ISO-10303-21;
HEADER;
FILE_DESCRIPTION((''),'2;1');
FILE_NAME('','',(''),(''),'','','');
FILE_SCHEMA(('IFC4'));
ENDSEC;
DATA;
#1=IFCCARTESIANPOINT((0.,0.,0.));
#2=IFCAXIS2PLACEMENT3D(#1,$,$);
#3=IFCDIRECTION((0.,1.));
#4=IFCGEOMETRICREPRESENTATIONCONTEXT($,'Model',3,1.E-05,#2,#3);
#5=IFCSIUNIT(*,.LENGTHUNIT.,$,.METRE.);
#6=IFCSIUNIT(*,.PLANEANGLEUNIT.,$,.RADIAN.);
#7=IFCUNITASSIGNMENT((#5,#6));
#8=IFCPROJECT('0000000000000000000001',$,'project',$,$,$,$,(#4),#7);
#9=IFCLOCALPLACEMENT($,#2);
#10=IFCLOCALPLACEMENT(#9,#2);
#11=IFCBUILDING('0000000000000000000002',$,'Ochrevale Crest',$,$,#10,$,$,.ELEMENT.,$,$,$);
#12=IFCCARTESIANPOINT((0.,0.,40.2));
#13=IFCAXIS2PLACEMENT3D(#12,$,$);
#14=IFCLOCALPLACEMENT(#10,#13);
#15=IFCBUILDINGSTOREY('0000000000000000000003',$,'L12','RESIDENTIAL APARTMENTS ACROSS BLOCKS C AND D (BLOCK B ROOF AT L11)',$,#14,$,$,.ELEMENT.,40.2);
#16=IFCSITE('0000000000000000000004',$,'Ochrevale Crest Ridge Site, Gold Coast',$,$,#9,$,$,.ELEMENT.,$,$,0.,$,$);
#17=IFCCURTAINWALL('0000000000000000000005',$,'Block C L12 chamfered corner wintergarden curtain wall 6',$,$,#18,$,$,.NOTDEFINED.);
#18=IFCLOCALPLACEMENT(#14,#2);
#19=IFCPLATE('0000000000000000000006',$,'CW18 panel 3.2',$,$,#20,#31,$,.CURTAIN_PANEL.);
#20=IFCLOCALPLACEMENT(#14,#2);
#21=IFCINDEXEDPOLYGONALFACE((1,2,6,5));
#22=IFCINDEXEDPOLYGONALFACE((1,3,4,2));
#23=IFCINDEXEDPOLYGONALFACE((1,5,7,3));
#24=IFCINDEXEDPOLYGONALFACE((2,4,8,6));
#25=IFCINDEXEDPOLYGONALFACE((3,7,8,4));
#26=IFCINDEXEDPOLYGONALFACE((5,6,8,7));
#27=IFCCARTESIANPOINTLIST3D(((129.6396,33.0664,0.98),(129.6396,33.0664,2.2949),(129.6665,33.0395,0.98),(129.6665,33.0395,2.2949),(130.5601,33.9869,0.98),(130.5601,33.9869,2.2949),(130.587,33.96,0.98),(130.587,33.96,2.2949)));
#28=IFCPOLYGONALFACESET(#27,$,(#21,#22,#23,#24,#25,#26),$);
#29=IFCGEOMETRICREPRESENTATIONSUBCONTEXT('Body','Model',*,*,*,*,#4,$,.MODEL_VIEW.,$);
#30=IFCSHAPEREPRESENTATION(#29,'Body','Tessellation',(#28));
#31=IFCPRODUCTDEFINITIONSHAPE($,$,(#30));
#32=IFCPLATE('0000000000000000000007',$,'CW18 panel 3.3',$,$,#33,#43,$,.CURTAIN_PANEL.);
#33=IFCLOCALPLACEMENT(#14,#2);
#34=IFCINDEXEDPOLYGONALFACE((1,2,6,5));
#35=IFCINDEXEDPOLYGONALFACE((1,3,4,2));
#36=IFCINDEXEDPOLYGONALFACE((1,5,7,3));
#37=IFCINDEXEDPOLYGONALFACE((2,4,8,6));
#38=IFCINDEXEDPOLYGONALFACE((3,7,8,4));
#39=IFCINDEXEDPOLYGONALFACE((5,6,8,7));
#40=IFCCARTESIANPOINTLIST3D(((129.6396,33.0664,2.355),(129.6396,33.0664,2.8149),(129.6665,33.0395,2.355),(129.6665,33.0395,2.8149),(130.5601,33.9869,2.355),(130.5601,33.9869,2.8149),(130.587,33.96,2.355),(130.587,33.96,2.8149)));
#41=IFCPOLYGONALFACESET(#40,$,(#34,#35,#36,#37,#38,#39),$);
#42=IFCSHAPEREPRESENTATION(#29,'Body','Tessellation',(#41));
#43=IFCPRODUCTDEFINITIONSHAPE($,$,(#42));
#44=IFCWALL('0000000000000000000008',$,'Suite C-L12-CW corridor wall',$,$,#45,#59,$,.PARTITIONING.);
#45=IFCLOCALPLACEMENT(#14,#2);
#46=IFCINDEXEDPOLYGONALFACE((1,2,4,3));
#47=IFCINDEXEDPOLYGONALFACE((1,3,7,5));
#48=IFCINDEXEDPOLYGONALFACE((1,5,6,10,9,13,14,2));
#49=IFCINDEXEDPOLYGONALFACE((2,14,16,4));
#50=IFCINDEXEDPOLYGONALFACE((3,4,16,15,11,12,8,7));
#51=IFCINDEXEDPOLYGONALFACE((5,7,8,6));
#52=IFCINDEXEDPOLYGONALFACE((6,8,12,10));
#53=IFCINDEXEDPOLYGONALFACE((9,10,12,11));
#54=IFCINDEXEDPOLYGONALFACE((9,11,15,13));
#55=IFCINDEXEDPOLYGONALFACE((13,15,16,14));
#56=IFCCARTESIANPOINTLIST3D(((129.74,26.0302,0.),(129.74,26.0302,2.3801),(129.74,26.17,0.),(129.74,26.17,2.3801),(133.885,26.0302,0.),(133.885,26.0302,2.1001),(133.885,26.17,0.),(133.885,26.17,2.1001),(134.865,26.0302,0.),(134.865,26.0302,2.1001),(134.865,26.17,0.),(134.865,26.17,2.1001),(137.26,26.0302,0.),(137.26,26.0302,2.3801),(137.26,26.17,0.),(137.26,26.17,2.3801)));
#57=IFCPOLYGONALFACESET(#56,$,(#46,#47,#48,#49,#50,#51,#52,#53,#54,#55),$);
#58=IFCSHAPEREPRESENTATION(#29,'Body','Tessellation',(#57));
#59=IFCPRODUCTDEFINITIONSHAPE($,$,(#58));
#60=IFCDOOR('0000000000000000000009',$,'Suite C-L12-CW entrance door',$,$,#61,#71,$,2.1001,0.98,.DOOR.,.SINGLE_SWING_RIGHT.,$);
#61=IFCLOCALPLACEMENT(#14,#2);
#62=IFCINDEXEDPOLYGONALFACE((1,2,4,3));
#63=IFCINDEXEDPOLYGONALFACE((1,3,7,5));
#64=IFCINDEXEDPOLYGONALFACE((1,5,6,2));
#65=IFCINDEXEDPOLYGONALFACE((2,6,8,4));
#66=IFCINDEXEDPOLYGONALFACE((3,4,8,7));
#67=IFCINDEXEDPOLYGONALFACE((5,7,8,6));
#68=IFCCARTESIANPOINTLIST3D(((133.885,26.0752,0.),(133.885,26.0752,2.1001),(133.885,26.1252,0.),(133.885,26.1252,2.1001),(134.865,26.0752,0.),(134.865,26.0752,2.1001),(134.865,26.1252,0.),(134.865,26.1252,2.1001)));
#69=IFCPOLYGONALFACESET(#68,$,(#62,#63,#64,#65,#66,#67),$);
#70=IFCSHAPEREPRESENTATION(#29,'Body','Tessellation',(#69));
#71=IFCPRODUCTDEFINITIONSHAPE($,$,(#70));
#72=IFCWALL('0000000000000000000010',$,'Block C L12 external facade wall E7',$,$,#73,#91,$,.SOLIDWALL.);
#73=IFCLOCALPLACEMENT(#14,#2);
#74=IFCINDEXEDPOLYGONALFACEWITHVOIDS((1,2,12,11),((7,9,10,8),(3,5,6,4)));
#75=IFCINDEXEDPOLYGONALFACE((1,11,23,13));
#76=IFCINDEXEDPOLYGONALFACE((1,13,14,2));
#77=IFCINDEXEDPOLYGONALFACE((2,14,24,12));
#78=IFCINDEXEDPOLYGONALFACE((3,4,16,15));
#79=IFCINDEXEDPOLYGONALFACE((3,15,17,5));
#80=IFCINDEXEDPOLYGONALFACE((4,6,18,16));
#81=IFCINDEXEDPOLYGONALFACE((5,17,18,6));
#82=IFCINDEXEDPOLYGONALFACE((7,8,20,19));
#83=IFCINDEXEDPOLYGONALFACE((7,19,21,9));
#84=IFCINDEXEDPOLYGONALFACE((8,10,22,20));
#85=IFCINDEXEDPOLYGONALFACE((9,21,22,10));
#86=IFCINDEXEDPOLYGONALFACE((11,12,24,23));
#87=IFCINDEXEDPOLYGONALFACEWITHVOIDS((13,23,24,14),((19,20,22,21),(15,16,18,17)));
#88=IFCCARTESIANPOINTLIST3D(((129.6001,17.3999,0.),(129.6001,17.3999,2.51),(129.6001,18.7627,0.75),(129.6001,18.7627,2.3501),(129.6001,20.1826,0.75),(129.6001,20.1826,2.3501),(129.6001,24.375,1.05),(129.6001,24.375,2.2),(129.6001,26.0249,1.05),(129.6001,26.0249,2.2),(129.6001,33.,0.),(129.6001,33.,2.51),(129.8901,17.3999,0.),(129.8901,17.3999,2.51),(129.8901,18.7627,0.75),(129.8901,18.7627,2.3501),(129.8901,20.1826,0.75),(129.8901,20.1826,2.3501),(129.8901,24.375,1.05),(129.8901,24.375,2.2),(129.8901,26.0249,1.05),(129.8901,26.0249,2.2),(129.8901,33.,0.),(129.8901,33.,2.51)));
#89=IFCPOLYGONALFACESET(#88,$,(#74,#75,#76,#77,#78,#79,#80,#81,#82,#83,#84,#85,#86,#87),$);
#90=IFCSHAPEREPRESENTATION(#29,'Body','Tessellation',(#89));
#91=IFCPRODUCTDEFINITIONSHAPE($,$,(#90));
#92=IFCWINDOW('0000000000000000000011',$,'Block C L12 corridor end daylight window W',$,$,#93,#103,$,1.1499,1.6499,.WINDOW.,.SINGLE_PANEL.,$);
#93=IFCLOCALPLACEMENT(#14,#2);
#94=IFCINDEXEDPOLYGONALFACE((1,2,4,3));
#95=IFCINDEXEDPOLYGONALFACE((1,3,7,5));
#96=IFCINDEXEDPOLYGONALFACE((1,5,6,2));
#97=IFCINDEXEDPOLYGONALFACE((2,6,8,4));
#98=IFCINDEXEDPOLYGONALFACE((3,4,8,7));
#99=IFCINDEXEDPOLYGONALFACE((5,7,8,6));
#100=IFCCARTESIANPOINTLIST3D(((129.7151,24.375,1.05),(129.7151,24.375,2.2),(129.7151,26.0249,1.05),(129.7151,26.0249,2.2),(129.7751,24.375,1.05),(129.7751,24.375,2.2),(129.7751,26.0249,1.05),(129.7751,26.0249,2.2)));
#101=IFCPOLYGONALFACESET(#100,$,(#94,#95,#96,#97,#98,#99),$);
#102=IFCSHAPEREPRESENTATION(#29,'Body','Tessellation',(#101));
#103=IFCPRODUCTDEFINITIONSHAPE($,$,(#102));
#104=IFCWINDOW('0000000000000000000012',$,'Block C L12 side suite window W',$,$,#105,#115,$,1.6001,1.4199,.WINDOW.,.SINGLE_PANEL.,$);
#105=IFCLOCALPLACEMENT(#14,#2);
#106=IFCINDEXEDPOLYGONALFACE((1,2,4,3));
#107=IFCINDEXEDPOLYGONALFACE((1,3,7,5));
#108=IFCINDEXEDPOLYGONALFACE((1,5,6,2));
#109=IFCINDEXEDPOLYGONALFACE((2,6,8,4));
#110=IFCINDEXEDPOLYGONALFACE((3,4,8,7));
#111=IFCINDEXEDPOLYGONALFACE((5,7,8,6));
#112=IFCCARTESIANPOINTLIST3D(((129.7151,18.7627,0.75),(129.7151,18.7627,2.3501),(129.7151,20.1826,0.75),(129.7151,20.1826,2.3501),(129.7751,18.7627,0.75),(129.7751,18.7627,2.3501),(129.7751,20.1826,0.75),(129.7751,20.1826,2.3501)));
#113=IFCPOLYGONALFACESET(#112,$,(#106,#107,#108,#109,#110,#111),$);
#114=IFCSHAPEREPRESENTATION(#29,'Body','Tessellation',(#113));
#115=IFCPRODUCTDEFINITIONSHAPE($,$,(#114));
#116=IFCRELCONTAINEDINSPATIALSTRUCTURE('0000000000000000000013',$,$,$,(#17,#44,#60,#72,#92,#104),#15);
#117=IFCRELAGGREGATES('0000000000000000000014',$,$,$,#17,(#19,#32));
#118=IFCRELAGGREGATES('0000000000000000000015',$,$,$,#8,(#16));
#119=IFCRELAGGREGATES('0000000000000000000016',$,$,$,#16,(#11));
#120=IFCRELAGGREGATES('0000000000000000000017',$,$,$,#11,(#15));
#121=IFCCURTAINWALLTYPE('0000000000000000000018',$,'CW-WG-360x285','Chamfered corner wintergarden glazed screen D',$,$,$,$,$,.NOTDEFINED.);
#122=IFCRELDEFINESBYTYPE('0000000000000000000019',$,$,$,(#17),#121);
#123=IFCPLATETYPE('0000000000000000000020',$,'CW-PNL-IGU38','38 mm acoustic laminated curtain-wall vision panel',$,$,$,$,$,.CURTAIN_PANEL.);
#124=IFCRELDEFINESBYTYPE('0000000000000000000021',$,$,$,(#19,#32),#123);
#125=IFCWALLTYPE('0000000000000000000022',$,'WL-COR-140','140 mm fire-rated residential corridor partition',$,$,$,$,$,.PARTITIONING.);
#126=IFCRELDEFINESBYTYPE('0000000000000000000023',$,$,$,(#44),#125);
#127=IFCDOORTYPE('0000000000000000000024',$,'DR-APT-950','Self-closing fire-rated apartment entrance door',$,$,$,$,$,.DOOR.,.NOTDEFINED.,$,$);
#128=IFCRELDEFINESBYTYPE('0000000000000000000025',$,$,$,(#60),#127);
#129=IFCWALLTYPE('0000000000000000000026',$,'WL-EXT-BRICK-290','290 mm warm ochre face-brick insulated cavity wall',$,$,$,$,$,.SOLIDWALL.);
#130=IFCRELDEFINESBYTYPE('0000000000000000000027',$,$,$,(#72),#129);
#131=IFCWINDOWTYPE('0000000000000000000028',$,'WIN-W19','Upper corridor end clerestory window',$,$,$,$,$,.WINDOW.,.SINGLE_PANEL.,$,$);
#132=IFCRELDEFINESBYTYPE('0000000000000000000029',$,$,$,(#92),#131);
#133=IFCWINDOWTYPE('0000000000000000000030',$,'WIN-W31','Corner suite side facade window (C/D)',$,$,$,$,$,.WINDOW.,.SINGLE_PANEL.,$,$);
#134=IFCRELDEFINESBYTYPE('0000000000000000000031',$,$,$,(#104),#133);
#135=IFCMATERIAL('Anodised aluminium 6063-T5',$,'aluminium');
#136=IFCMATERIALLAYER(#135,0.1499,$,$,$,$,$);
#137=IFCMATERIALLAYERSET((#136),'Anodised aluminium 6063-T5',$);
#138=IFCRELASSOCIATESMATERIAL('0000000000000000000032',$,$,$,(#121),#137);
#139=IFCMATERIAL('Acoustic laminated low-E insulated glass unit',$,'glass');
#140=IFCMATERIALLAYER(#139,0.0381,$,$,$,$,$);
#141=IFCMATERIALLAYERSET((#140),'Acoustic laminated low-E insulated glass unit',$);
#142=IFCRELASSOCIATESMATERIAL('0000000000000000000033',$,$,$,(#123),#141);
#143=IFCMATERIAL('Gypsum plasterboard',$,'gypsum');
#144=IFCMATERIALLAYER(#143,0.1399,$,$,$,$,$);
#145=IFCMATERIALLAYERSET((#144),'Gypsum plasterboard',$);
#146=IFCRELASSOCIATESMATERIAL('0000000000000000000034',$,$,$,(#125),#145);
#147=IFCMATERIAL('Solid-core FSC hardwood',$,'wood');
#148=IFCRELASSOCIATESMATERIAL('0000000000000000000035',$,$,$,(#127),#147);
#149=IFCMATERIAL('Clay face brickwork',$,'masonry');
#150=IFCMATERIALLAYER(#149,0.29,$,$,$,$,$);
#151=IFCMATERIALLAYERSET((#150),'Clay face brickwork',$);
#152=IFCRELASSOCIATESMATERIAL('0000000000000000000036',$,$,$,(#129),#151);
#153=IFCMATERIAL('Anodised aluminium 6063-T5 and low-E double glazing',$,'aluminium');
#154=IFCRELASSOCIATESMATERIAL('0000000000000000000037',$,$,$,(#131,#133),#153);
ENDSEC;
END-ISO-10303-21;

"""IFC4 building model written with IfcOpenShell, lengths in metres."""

from ifc_helpers import new_model, si_unit, direction, frame, frame_2d, origin, origin_2d, place, context, subcontext, project, spatial, rectangle, extrude, material, layer, layer_set, type_object, element, fill, aggregate, save


model = new_model("IFC4")

# Units and contexts
model_context = context("Model", 3, precision=1e-05, world=origin(), true_north=direction((0.0, 1.0)))
body_context = subcontext(model_context, "Body", "Model", "MODEL_VIEW")
ifc_project = project(units=[si_unit("LENGTHUNIT", "METRE"), si_unit("PLANEANGLEUNIT", "RADIAN")], contexts=[model_context])

# Site, building, storey
site_placement = place(None, origin())
site = spatial("IfcSite", under=ifc_project, at=site_placement, Name="Ochrevale Crest Ridge Site, Gold Coast", CompositionType="ELEMENT", RefElevation=0.0)
building_placement = place(site_placement, origin())
building = spatial("IfcBuilding", under=site, at=building_placement, Name="Ochrevale Crest", CompositionType="ELEMENT")
storey_placement = place(building_placement, frame((0.0, 0.0, 40.2)))
storey = spatial("IfcBuildingStorey", under=building, at=storey_placement, Name="L12", Description="RESIDENTIAL APARTMENTS ACROSS BLOCKS C AND D (BLOCK B ROOF AT L11)", CompositionType="ELEMENT", Elevation=40.2)

# Curtain wall
ifc_material_1 = material(Name="Anodised aluminium 6063-T5", Category="aluminium")
ifc_layer_1 = layer(ifc_material_1, 0.1499)
ifc_layer_set_1 = layer_set([ifc_layer_1], Name="Anodised aluminium 6063-T5")
curtain_wall_type_1 = type_object("IfcCurtainWallType", Name="CW-WG-360x285", Description="Chamfered corner wintergarden glazed screen D", PredefinedType="NOTDEFINED", material=ifc_layer_set_1)
curtain_wall_1_placement = place(storey_placement, origin())
curtain_wall_1 = element("IfcCurtainWall", 1, at=curtain_wall_1_placement, inside=storey, type_object=curtain_wall_type_1, Name="Block C L12 chamfered corner wintergarden curtain wall 6", PredefinedType="NOTDEFINED")

# Plates
ifc_material_2 = material(Name="Acoustic laminated low-E insulated glass unit", Category="glass")
ifc_layer_2 = layer(ifc_material_2, 0.0381)
ifc_layer_set_2 = layer_set([ifc_layer_2], Name="Acoustic laminated low-E insulated glass unit")
plate_type_1 = type_object("IfcPlateType", Name="CW-PNL-IGU38", Description="38 mm acoustic laminated curtain-wall vision panel", PredefinedType="CURTAIN_PANEL", material=ifc_layer_set_2)
plate_1_placement = place(storey_placement, frame((130.1133, 33.5132, 0.98), z_axis=(0.0, 0.0, 1.0), x_axis=(-0.707107, -0.707107, 0.0)))
plate_1 = element("IfcPlate", 2, at=plate_1_placement, type_object=plate_type_1, Name="CW18 panel 3.2", PredefinedType="CURTAIN_PANEL", context=body_context, shape_type="SweptSolid", body=[
    extrude(rectangle(XDim=1.3018, YDim=0.0381, at=origin_2d()), origin(), (0.0, 0.0, 1.0), 1.3149),
])
plate_2_placement = place(storey_placement, frame((130.1133, 33.5132, 2.355), z_axis=(0.0, 0.0, 1.0), x_axis=(-0.707107, -0.707107, 0.0)))
plate_2 = element("IfcPlate", 3, at=plate_2_placement, type_object=plate_type_1, Name="CW18 panel 3.3", PredefinedType="CURTAIN_PANEL", context=body_context, shape_type="SweptSolid", body=[
    extrude(rectangle(XDim=1.3018, YDim=0.0381, at=origin_2d()), origin(), (0.0, 0.0, 1.0), 0.46),
])
aggregate(curtain_wall_1, [plate_1, plate_2])

# Wall, opening, door
ifc_material_3 = material(Name="Gypsum plasterboard", Category="gypsum")
ifc_layer_3 = layer(ifc_material_3, 0.1399)
ifc_layer_set_3 = layer_set([ifc_layer_3], Name="Gypsum plasterboard")
wall_type_1 = type_object("IfcWallType", Name="WL-COR-140", Description="140 mm fire-rated residential corridor partition", PredefinedType="PARTITIONING", material=ifc_layer_set_3)
wall_1_placement = place(storey_placement, frame((129.74, 26.1001, 0.0), z_axis=(0.0, 0.0, 1.0), x_axis=(1.0, 0.0, 0.0)))
wall_1 = element("IfcWall", 4, at=wall_1_placement, inside=storey, type_object=wall_type_1, Name="Suite C-L12-CW corridor wall", PredefinedType="PARTITIONING", context=body_context, shape_type="SweptSolid", body=[
    extrude(rectangle(XDim=7.52, YDim=0.1399, at=frame_2d((3.76, 0.0))), origin(), (0.0, 0.0, 1.0), 2.3801),
])
opening_1_placement = place(wall_1_placement, frame((5.125, 0.0, 0.0), z_axis=(0.0, 0.0, 1.0), x_axis=(-1.0, 0.0, 0.0)))
opening_1 = element("IfcOpeningElement", 5, at=opening_1_placement, cuts=wall_1, PredefinedType="OPENING", context=body_context, shape_type="SweptSolid", body=[
    extrude(rectangle(XDim=0.98, YDim=2.1001, at=frame_2d((0.49, 1.05))), frame((0.0, 0.0801, 0.0), z_axis=(0.0, -1.0, 0.0), x_axis=(1.0, 0.0, 0.0)), (0.0, 0.0, 1.0), 0.1599),
])
ifc_material_4 = material(Name="Solid-core FSC hardwood", Category="wood")
door_type_1 = type_object("IfcDoorType", Name="DR-APT-950", Description="Self-closing fire-rated apartment entrance door", OperationType="NOTDEFINED", PredefinedType="DOOR", material=ifc_material_4)
door_1_placement = place(opening_1_placement, origin())
door_1 = element("IfcDoor", 6, at=door_1_placement, inside=storey, type_object=door_type_1, Name="Suite C-L12-CW entrance door", OperationType="SINGLE_SWING_RIGHT", OverallHeight=2.1001, OverallWidth=0.98, PredefinedType="DOOR", context=body_context, shape_type="SweptSolid", body=[
    extrude(rectangle(XDim=0.98, YDim=2.1001, at=frame_2d((0.49, 1.05))), frame((0.0, 0.0249, 0.0), z_axis=(0.0, -1.0, 0.0), x_axis=(1.0, 0.0, 0.0)), (0.0, 0.0, 1.0), 0.05),
])
fill(opening_1, door_1)

# Wall, openings, windows
ifc_material_5 = material(Name="Clay face brickwork", Category="masonry")
ifc_layer_4 = layer(ifc_material_5, 0.29)
ifc_layer_set_4 = layer_set([ifc_layer_4], Name="Clay face brickwork")
wall_type_2 = type_object("IfcWallType", Name="WL-EXT-BRICK-290", Description="290 mm warm ochre face-brick insulated cavity wall", PredefinedType="SOLIDWALL", material=ifc_layer_set_4)
wall_2_placement = place(storey_placement, frame((129.7451, 33.0, 0.0), z_axis=(0.0, 0.0, 1.0), x_axis=(0.0, -1.0, 0.0)))
wall_2 = element("IfcWall", 7, at=wall_2_placement, inside=storey, type_object=wall_type_2, Name="Block C L12 external facade wall E7", PredefinedType="SOLIDWALL", context=body_context, shape_type="SweptSolid", body=[
    extrude(rectangle(XDim=15.6001, YDim=0.29, at=frame_2d((7.8, 0.0))), origin(), (0.0, 0.0, 1.0), 2.51),
])
opening_2_placement = place(wall_2_placement, frame((6.9751, 0.0, 1.05)))
opening_2 = element("IfcOpeningElement", 8, at=opening_2_placement, cuts=wall_2, PredefinedType="OPENING", context=body_context, shape_type="SweptSolid", body=[
    extrude(rectangle(XDim=1.6499, YDim=1.1499, at=frame_2d((0.825, 0.575))), frame((0.0, 0.155, 0.0), z_axis=(0.0, -1.0, 0.0), x_axis=(1.0, 0.0, 0.0)), (0.0, 0.0, 1.0), 0.3101),
])
opening_3_placement = place(wall_2_placement, frame((12.8174, 0.0, 0.75)))
opening_3 = element("IfcOpeningElement", 9, at=opening_3_placement, cuts=wall_2, PredefinedType="OPENING", context=body_context, shape_type="SweptSolid", body=[
    extrude(rectangle(XDim=1.4199, YDim=1.6001, at=frame_2d((0.71, 0.8))), frame((0.0, 0.155, 0.0), z_axis=(0.0, -1.0, 0.0), x_axis=(1.0, 0.0, 0.0)), (0.0, 0.0, 1.0), 0.3101),
])
ifc_material_6 = material(Name="Anodised aluminium 6063-T5 and low-E double glazing", Category="aluminium")
window_type_1 = type_object("IfcWindowType", Name="WIN-W19", Description="Upper corridor end clerestory window", PartitioningType="SINGLE_PANEL", PredefinedType="WINDOW", material=ifc_material_6)
window_1_placement = place(opening_2_placement, origin())
window_1 = element("IfcWindow", 10, at=window_1_placement, inside=storey, type_object=window_type_1, Name="Block C L12 corridor end daylight window W", OverallHeight=1.1499, OverallWidth=1.6499, PartitioningType="SINGLE_PANEL", PredefinedType="WINDOW", context=body_context, shape_type="SweptSolid", body=[
    extrude(rectangle(XDim=1.6499, YDim=1.1499, at=frame_2d((0.825, 0.575))), frame((0.0, 0.03, 0.0), z_axis=(0.0, -1.0, 0.0), x_axis=(1.0, 0.0, 0.0)), (0.0, 0.0, 1.0), 0.0601),
])
fill(opening_2, window_1)
window_type_2 = type_object("IfcWindowType", Name="WIN-W31", Description="Corner suite side facade window (C/D)", PartitioningType="SINGLE_PANEL", PredefinedType="WINDOW", material=ifc_material_6)
window_2_placement = place(opening_3_placement, origin())
window_2 = element("IfcWindow", 11, at=window_2_placement, inside=storey, type_object=window_type_2, Name="Block C L12 side suite window W", OverallHeight=1.6001, OverallWidth=1.4199, PartitioningType="SINGLE_PANEL", PredefinedType="WINDOW", context=body_context, shape_type="SweptSolid", body=[
    extrude(rectangle(XDim=1.4199, YDim=1.6001, at=frame_2d((0.71, 0.8))), frame((0.0, 0.03, 0.0), z_axis=(0.0, -1.0, 0.0), x_axis=(1.0, 0.0, 0.0)), (0.0, 0.0, 1.0), 0.0601),
])
fill(opening_3, window_2)

save(model, "model.ifc")
